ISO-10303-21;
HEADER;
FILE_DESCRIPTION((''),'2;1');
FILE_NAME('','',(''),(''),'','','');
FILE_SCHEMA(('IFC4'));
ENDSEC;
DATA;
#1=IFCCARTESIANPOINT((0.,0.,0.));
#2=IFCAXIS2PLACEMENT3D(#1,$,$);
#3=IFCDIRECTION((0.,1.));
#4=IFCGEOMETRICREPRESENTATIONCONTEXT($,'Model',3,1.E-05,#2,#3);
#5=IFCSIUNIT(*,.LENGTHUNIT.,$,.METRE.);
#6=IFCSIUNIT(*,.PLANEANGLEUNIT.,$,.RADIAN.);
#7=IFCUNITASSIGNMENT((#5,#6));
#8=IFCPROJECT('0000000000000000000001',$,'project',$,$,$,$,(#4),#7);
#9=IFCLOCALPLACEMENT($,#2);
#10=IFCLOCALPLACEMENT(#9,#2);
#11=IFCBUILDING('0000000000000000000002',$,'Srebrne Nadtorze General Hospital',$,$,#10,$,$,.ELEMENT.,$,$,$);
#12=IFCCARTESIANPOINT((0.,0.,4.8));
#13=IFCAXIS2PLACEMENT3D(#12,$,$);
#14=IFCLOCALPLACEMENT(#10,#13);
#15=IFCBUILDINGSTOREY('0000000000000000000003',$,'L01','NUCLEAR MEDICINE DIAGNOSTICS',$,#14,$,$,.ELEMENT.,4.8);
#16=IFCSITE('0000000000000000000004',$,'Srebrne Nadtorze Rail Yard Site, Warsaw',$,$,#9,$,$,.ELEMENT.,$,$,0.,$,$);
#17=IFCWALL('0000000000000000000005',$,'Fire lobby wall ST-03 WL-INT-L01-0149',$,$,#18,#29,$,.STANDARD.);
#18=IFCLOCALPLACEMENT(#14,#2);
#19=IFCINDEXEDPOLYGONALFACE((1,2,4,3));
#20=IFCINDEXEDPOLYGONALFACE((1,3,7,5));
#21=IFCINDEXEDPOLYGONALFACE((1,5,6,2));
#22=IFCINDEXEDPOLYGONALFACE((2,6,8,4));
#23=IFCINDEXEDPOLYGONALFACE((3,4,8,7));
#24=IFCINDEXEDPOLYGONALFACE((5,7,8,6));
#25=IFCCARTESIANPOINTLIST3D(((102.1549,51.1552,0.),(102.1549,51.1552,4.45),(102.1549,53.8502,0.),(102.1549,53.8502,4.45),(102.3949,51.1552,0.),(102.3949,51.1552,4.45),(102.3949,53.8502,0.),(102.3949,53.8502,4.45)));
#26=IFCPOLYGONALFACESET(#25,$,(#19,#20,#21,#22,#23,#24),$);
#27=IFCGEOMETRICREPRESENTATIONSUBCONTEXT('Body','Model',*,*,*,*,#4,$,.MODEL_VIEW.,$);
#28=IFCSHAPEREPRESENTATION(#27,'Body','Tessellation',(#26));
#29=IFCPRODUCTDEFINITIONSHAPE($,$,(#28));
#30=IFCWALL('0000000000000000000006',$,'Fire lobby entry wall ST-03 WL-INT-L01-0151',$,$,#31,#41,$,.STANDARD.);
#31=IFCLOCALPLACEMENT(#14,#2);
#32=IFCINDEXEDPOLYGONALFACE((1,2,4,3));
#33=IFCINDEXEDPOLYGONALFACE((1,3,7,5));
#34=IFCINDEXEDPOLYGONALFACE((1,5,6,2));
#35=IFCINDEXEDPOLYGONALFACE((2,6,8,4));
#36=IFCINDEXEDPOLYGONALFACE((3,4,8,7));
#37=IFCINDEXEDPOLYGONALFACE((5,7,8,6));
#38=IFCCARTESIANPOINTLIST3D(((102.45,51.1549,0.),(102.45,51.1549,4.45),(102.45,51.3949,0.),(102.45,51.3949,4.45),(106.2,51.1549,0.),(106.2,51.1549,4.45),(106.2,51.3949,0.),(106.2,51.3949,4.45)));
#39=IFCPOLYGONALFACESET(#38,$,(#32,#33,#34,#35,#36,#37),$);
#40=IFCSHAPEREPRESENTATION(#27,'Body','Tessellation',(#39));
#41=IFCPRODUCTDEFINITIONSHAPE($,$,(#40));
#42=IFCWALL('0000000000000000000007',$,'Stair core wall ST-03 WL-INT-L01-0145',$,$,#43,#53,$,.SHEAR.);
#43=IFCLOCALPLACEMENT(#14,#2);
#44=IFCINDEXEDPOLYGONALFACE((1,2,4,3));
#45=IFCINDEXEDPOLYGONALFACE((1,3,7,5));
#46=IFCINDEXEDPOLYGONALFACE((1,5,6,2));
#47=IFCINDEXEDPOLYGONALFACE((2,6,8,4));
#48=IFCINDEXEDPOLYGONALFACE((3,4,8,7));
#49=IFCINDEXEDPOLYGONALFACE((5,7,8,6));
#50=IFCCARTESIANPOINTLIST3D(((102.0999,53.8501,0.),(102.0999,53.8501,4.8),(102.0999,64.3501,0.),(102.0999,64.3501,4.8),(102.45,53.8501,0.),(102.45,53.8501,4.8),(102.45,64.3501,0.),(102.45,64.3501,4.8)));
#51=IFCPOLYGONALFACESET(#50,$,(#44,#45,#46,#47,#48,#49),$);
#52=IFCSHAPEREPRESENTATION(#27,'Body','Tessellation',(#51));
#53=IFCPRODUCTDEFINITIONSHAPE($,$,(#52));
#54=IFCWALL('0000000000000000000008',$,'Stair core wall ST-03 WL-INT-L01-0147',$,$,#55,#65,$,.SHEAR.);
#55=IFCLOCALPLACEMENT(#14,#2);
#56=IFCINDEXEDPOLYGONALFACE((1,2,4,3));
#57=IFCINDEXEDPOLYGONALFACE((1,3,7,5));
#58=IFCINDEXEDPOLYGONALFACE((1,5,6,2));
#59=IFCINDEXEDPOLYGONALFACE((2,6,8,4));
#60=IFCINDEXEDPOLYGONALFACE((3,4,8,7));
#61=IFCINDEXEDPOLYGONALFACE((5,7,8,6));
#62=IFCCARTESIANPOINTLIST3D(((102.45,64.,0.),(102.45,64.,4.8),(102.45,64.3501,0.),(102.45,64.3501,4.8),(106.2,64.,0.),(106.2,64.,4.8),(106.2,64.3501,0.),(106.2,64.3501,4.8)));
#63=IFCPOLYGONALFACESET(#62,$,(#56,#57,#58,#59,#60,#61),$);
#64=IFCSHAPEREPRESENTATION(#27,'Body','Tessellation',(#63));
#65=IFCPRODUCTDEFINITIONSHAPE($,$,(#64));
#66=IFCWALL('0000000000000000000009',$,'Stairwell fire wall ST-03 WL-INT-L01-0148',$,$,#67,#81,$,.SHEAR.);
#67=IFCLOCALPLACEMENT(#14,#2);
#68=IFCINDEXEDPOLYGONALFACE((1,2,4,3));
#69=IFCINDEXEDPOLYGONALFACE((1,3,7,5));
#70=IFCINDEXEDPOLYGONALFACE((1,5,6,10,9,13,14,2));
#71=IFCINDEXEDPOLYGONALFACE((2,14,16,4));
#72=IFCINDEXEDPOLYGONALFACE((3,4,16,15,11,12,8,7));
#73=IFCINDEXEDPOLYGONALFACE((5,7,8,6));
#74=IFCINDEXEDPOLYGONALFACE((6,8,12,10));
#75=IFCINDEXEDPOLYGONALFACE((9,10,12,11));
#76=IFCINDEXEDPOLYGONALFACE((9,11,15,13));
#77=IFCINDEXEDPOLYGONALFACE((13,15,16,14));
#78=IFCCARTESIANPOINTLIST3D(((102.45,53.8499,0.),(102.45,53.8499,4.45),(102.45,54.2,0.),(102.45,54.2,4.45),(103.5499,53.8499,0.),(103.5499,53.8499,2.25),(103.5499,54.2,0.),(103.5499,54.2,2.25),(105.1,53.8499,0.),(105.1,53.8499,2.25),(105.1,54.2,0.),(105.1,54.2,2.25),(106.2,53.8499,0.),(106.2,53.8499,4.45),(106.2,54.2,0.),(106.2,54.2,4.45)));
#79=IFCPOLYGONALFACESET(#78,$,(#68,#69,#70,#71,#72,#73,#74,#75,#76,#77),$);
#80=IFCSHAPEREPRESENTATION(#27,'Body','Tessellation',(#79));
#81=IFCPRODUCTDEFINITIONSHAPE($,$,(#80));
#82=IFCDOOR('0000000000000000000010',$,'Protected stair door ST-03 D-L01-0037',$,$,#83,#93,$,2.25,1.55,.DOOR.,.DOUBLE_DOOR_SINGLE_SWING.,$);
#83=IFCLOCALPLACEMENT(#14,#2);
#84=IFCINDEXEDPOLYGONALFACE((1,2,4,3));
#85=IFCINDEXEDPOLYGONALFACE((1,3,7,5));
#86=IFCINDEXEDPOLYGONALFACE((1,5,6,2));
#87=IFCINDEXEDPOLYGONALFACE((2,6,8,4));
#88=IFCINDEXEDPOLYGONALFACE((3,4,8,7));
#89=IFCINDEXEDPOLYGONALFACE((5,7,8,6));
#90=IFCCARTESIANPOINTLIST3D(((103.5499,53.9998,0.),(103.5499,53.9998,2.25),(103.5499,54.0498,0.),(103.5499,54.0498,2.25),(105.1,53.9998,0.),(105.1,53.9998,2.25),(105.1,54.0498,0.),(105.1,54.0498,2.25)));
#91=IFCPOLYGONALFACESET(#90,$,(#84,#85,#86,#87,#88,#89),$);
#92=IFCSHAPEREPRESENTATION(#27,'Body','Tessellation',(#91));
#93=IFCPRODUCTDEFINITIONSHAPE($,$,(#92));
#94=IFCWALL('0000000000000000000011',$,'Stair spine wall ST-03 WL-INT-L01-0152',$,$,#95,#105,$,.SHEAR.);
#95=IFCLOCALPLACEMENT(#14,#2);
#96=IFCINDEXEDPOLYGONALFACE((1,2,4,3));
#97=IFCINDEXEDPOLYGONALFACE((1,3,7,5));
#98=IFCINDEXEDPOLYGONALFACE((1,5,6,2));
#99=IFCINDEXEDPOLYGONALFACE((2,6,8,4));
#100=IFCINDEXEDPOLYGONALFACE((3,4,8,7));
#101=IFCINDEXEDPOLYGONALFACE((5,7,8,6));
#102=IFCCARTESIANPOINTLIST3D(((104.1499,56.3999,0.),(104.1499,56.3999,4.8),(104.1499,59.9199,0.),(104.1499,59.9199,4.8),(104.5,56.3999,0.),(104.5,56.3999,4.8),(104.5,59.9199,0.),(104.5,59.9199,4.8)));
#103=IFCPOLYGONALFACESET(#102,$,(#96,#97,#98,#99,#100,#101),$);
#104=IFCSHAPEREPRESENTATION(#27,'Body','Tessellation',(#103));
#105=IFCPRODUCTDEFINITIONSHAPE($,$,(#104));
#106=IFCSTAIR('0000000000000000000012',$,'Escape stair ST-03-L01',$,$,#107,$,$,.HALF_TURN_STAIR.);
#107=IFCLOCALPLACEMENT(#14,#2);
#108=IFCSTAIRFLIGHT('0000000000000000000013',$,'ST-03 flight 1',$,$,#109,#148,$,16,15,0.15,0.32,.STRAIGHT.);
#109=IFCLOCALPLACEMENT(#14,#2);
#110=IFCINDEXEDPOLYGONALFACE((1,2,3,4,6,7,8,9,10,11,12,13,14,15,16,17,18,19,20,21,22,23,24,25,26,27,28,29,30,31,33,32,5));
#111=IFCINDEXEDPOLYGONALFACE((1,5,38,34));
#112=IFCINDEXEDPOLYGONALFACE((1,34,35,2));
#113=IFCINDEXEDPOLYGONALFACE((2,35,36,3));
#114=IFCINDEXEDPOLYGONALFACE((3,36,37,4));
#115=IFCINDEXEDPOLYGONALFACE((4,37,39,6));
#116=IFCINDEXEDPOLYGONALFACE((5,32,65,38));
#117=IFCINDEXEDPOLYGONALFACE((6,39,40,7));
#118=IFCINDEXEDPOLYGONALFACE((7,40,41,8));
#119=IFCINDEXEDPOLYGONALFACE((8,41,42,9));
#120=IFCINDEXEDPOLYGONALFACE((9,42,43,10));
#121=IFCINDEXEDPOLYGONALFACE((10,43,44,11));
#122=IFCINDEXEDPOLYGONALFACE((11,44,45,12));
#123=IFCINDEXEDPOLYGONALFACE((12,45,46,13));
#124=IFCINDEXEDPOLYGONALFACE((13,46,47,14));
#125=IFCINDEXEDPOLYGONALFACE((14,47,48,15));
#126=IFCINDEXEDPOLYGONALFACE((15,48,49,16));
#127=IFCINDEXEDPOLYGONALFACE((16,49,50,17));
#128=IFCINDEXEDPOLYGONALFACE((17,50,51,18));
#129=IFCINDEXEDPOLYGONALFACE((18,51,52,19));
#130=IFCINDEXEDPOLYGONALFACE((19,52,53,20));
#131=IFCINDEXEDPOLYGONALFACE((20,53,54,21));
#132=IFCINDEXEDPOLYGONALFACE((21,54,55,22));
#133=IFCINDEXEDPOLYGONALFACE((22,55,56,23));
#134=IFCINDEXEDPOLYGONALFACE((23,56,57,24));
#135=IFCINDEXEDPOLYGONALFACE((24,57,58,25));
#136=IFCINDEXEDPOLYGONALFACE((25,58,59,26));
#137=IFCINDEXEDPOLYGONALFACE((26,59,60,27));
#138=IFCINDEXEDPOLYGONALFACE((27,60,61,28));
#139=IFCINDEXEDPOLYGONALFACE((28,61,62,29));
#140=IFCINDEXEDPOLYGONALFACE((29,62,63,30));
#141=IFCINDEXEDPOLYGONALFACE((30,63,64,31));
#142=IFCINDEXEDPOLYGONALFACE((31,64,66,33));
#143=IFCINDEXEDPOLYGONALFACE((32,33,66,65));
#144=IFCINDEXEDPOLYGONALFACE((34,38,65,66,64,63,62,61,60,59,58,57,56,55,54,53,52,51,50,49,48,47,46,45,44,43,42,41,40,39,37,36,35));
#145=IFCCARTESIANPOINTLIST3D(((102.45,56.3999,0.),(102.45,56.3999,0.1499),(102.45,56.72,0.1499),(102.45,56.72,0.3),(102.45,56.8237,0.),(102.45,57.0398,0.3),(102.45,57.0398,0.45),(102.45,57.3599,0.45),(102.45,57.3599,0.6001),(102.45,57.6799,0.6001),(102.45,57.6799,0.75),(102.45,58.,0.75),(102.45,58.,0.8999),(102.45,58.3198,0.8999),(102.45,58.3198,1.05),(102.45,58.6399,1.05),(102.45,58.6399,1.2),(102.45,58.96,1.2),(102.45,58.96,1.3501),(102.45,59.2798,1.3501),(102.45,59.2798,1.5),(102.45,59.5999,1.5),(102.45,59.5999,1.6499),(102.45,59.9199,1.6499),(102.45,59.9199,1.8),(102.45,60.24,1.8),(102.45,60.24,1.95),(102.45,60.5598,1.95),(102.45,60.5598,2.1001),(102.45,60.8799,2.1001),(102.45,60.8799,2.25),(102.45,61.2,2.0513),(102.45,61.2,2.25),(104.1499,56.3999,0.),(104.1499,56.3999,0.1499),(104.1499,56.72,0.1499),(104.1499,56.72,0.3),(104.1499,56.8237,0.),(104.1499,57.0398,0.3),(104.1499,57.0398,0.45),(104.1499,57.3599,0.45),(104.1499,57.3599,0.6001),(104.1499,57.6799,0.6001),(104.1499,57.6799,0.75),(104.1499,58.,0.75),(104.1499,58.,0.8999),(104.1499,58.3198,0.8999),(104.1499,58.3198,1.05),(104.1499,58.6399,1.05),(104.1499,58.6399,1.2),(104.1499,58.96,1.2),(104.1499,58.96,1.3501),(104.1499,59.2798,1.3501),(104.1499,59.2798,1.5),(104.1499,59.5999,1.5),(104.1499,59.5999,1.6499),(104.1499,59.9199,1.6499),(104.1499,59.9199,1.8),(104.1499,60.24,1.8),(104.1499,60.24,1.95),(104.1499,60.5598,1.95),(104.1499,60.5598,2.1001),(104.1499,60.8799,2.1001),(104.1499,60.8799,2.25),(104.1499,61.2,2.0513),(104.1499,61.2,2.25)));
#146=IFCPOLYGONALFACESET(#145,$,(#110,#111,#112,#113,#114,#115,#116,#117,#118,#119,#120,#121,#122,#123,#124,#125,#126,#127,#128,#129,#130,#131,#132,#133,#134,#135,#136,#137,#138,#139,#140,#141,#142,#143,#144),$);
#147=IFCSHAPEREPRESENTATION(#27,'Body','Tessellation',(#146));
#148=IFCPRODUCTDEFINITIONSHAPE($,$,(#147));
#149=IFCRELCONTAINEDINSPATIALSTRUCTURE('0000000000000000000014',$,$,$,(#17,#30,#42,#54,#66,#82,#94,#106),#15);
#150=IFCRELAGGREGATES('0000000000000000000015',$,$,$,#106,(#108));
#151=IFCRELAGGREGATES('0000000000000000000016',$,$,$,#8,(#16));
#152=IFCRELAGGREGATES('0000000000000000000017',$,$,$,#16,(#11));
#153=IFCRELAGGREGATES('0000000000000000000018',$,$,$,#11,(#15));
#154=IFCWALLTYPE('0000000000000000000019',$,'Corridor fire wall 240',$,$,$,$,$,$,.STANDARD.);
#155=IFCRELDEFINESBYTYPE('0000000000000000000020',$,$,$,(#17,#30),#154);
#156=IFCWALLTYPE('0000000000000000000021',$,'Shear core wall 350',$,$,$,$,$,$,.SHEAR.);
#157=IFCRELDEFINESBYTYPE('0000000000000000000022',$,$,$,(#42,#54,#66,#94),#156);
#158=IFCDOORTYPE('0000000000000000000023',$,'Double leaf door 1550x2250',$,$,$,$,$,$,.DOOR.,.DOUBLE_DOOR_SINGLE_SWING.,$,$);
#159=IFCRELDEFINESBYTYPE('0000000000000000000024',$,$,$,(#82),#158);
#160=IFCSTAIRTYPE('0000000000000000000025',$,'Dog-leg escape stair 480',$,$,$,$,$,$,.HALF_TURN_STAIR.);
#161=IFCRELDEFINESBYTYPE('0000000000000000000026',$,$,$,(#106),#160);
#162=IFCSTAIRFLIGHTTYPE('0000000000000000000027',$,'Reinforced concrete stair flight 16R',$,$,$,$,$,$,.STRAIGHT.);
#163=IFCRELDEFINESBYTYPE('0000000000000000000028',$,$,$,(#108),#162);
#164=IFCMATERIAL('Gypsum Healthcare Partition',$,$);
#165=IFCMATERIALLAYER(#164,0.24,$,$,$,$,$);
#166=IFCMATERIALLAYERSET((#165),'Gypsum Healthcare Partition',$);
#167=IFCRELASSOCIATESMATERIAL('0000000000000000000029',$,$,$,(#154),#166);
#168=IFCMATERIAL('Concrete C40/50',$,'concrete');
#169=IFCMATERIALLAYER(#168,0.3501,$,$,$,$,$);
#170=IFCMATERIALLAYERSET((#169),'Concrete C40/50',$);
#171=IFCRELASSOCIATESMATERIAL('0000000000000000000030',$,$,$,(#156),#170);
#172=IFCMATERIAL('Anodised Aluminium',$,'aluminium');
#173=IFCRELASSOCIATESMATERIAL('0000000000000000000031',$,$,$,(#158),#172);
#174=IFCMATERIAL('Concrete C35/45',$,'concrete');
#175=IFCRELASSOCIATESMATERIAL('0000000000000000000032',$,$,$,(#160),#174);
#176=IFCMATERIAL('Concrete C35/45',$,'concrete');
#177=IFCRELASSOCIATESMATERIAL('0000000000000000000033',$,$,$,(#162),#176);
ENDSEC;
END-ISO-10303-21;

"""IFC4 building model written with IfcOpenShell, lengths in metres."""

from ifc_helpers import new_model, si_unit, direction, frame, frame_2d, origin, place, context, subcontext, project, spatial, polyline, rectangle, outline, extrude, material, layer, layer_set, type_object, element, fill, aggregate, save


model = new_model("IFC4")

# Units and contexts
model_context = context("Model", 3, precision=1e-05, world=origin(), true_north=direction((0.0, 1.0)))
body_context = subcontext(model_context, "Body", "Model", "MODEL_VIEW")
ifc_project = project(units=[si_unit("LENGTHUNIT", "METRE"), si_unit("PLANEANGLEUNIT", "RADIAN")], contexts=[model_context])

# Site, building, storey
site_placement = place(None, origin())
site = spatial("IfcSite", under=ifc_project, at=site_placement, Name="Srebrne Nadtorze Rail Yard Site, Warsaw", CompositionType="ELEMENT", RefElevation=0.0)
building_placement = place(site_placement, origin())
building = spatial("IfcBuilding", under=site, at=building_placement, Name="Srebrne Nadtorze General Hospital", CompositionType="ELEMENT")
storey_placement = place(building_placement, frame((0.0, 0.0, 4.8)))
storey = spatial("IfcBuildingStorey", under=building, at=storey_placement, Name="L01", Description="NUCLEAR MEDICINE DIAGNOSTICS", CompositionType="ELEMENT", Elevation=4.8)

# Walls
ifc_material_1 = material(Name="Gypsum Healthcare Partition")
ifc_layer_1 = layer(ifc_material_1, 0.24)
ifc_layer_set_1 = layer_set([ifc_layer_1], Name="Gypsum Healthcare Partition")
wall_type_1 = type_object("IfcWallType", Name="Corridor fire wall 240", PredefinedType="STANDARD", material=ifc_layer_set_1)
wall_1_placement = place(storey_placement, frame((102.2749, 51.155, 0.0), z_axis=(0.0, 0.0, 1.0), x_axis=(0.0, 1.0, 0.0)))
element("IfcWall", 1, at=wall_1_placement, inside=storey, type_object=wall_type_1, Name="Fire lobby wall ST-03 WL-INT-L01-0149", PredefinedType="STANDARD", context=body_context, shape_type="SweptSolid", body=[
    extrude(rectangle(XDim=2.6951, YDim=0.24, at=frame_2d((1.3477, 0.0))), origin(), (0.0, 0.0, 1.0), 4.45),
])
wall_2_placement = place(storey_placement, frame((102.45, 51.2749, 0.0), z_axis=(0.0, 0.0, 1.0), x_axis=(1.0, 0.0, 0.0)))
element("IfcWall", 2, at=wall_2_placement, inside=storey, type_object=wall_type_1, Name="Fire lobby entry wall ST-03 WL-INT-L01-0151", PredefinedType="STANDARD", context=body_context, shape_type="SweptSolid", body=[
    extrude(rectangle(XDim=3.75, YDim=0.24, at=frame_2d((1.875, 0.0))), origin(), (0.0, 0.0, 1.0), 4.45),
])
ifc_material_2 = material(Name="Concrete C40/50", Category="concrete")
ifc_layer_2 = layer(ifc_material_2, 0.3501)
ifc_layer_set_2 = layer_set([ifc_layer_2], Name="Concrete C40/50")
wall_type_2 = type_object("IfcWallType", Name="Shear core wall 350", PredefinedType="SHEAR", material=ifc_layer_set_2)
wall_3_placement = place(storey_placement, frame((102.2749, 53.8501, 0.0), z_axis=(0.0, 0.0, 1.0), x_axis=(0.0, 1.0, 0.0)))
element("IfcWall", 3, at=wall_3_placement, inside=storey, type_object=wall_type_2, Name="Stair core wall ST-03 WL-INT-L01-0145", PredefinedType="SHEAR", context=body_context, shape_type="SweptSolid", body=[
    extrude(rectangle(XDim=10.5, YDim=0.3501, at=frame_2d((5.25, 0.0))), origin(), (0.0, 0.0, 1.0), 4.8),
])
wall_4_placement = place(storey_placement, frame((102.45, 64.175, 0.0), z_axis=(0.0, 0.0, 1.0), x_axis=(1.0, 0.0, 0.0)))
element("IfcWall", 4, at=wall_4_placement, inside=storey, type_object=wall_type_2, Name="Stair core wall ST-03 WL-INT-L01-0147", PredefinedType="SHEAR", context=body_context, shape_type="SweptSolid", body=[
    extrude(rectangle(XDim=3.75, YDim=0.3501, at=frame_2d((1.875, 0.0))), origin(), (0.0, 0.0, 1.0), 4.8),
])

# Wall, opening, door
wall_5_placement = place(storey_placement, frame((102.45, 54.0249, 0.0), z_axis=(0.0, 0.0, 1.0), x_axis=(1.0, 0.0, 0.0)))
wall_5 = element("IfcWall", 5, at=wall_5_placement, inside=storey, type_object=wall_type_2, Name="Stairwell fire wall ST-03 WL-INT-L01-0148", PredefinedType="SHEAR", context=body_context, shape_type="SweptSolid", body=[
    extrude(rectangle(XDim=3.75, YDim=0.3501, at=frame_2d((1.875, 0.0))), origin(), (0.0, 0.0, 1.0), 4.45),
])
opening_placement = place(wall_5_placement, frame((1.1001, 0.0, 0.0)))
opening = element("IfcOpeningElement", 6, at=opening_placement, cuts=wall_5, PredefinedType="OPENING", context=body_context, shape_type="SweptSolid", body=[
    extrude(rectangle(XDim=1.55, YDim=2.25, at=frame_2d((0.7749, 1.125))), frame((0.0, 0.187, 0.0), z_axis=(0.0, -1.0, 0.0), x_axis=(1.0, 0.0, 0.0)), (0.0, 0.0, 1.0), 0.374),
])
ifc_material_3 = material(Name="Anodised Aluminium", Category="aluminium")
door_type = type_object("IfcDoorType", Name="Double leaf door 1550x2250", OperationType="DOUBLE_DOOR_SINGLE_SWING", PredefinedType="DOOR", material=ifc_material_3)
door_placement = place(opening_placement, origin())
door = element("IfcDoor", 7, at=door_placement, inside=storey, type_object=door_type, Name="Protected stair door ST-03 D-L01-0037", OperationType="DOUBLE_DOOR_SINGLE_SWING", OverallHeight=2.25, OverallWidth=1.55, PredefinedType="DOOR", context=body_context, shape_type="SweptSolid", body=[
    extrude(rectangle(XDim=1.55, YDim=2.25, at=frame_2d((0.7749, 1.125))), frame((0.0, 0.0249, 0.0), z_axis=(0.0, -1.0, 0.0), x_axis=(1.0, 0.0, 0.0)), (0.0, 0.0, 1.0), 0.05),
])
fill(opening, door)

# Wall
wall_6_placement = place(storey_placement, frame((104.325, 56.3999, 0.0), z_axis=(0.0, 0.0, 1.0), x_axis=(0.0, 1.0, 0.0)))
element("IfcWall", 8, at=wall_6_placement, inside=storey, type_object=wall_type_2, Name="Stair spine wall ST-03 WL-INT-L01-0152", PredefinedType="SHEAR", context=body_context, shape_type="SweptSolid", body=[
    extrude(rectangle(XDim=3.52, YDim=0.3501, at=frame_2d((1.76, 0.0))), origin(), (0.0, 0.0, 1.0), 4.8),
])

# Stair, stair flight
ifc_material_4 = material(Name="Concrete C35/45", Category="concrete")
stair_type = type_object("IfcStairType", Name="Dog-leg escape stair 480", PredefinedType="HALF_TURN_STAIR", material=ifc_material_4)
stair_placement = place(storey_placement, origin())
stair = element("IfcStair", 9, at=stair_placement, inside=storey, type_object=stair_type, Name="Escape stair ST-03-L01", PredefinedType="HALF_TURN_STAIR")
ifc_material_5 = material(Name="Concrete C35/45", Category="concrete")
stair_flight_type = type_object("IfcStairFlightType", Name="Reinforced concrete stair flight 16R", PredefinedType="STRAIGHT", material=ifc_material_5)
stair_flight_1_placement = place(storey_placement, frame((103.3, 56.3999, 0.0), z_axis=(0.0, 0.0, 1.0), x_axis=(0.0, 1.0, 0.0)))
stair_flight_1 = element("IfcStairFlight", 10, at=stair_flight_1_placement, type_object=stair_flight_type, Name="ST-03 flight 1", NumberOfRisers=16, NumberOfTreads=15, PredefinedType="STRAIGHT", RiserHeight=0.15, TreadLength=0.32, context=body_context, shape_type="SweptSolid", body=[
    extrude(outline(polyline([(0.0, 0.0), (0.0, 0.1499), (0.3201, 0.1499), (0.3201, 0.3), (0.6399, 0.3), (0.6399, 0.45), (0.96, 0.45), (0.96, 0.6001), (1.28, 0.6001), (1.28, 0.75), (1.6001, 0.75), (1.6001, 0.8999), (1.9199, 0.8999), (1.9199, 1.05), (2.24, 1.05), (2.24, 1.2), (2.5601, 1.2), (2.5601, 1.3501), (2.8799, 1.3501), (2.8799, 1.5), (3.2, 1.5), (3.2, 1.6499), (3.52, 1.6499), (3.52, 1.8), (3.8401, 1.8), (3.8401, 1.95), (4.1599, 1.95), (4.1599, 2.1001), (4.48, 2.1001), (4.48, 2.25), (4.8, 2.25), (4.8, 2.3999), (4.8, 2.0513), (0.4238, 0.0), (0.0, 0.0)])), frame((0.0, 0.8501, 0.0), z_axis=(0.0, -1.0, 0.0), x_axis=(1.0, 0.0, 0.0)), (0.0, 0.0, 1.0), 1.7),
])
aggregate(stair, [stair_flight_1])

save(model, "model.ifc")
